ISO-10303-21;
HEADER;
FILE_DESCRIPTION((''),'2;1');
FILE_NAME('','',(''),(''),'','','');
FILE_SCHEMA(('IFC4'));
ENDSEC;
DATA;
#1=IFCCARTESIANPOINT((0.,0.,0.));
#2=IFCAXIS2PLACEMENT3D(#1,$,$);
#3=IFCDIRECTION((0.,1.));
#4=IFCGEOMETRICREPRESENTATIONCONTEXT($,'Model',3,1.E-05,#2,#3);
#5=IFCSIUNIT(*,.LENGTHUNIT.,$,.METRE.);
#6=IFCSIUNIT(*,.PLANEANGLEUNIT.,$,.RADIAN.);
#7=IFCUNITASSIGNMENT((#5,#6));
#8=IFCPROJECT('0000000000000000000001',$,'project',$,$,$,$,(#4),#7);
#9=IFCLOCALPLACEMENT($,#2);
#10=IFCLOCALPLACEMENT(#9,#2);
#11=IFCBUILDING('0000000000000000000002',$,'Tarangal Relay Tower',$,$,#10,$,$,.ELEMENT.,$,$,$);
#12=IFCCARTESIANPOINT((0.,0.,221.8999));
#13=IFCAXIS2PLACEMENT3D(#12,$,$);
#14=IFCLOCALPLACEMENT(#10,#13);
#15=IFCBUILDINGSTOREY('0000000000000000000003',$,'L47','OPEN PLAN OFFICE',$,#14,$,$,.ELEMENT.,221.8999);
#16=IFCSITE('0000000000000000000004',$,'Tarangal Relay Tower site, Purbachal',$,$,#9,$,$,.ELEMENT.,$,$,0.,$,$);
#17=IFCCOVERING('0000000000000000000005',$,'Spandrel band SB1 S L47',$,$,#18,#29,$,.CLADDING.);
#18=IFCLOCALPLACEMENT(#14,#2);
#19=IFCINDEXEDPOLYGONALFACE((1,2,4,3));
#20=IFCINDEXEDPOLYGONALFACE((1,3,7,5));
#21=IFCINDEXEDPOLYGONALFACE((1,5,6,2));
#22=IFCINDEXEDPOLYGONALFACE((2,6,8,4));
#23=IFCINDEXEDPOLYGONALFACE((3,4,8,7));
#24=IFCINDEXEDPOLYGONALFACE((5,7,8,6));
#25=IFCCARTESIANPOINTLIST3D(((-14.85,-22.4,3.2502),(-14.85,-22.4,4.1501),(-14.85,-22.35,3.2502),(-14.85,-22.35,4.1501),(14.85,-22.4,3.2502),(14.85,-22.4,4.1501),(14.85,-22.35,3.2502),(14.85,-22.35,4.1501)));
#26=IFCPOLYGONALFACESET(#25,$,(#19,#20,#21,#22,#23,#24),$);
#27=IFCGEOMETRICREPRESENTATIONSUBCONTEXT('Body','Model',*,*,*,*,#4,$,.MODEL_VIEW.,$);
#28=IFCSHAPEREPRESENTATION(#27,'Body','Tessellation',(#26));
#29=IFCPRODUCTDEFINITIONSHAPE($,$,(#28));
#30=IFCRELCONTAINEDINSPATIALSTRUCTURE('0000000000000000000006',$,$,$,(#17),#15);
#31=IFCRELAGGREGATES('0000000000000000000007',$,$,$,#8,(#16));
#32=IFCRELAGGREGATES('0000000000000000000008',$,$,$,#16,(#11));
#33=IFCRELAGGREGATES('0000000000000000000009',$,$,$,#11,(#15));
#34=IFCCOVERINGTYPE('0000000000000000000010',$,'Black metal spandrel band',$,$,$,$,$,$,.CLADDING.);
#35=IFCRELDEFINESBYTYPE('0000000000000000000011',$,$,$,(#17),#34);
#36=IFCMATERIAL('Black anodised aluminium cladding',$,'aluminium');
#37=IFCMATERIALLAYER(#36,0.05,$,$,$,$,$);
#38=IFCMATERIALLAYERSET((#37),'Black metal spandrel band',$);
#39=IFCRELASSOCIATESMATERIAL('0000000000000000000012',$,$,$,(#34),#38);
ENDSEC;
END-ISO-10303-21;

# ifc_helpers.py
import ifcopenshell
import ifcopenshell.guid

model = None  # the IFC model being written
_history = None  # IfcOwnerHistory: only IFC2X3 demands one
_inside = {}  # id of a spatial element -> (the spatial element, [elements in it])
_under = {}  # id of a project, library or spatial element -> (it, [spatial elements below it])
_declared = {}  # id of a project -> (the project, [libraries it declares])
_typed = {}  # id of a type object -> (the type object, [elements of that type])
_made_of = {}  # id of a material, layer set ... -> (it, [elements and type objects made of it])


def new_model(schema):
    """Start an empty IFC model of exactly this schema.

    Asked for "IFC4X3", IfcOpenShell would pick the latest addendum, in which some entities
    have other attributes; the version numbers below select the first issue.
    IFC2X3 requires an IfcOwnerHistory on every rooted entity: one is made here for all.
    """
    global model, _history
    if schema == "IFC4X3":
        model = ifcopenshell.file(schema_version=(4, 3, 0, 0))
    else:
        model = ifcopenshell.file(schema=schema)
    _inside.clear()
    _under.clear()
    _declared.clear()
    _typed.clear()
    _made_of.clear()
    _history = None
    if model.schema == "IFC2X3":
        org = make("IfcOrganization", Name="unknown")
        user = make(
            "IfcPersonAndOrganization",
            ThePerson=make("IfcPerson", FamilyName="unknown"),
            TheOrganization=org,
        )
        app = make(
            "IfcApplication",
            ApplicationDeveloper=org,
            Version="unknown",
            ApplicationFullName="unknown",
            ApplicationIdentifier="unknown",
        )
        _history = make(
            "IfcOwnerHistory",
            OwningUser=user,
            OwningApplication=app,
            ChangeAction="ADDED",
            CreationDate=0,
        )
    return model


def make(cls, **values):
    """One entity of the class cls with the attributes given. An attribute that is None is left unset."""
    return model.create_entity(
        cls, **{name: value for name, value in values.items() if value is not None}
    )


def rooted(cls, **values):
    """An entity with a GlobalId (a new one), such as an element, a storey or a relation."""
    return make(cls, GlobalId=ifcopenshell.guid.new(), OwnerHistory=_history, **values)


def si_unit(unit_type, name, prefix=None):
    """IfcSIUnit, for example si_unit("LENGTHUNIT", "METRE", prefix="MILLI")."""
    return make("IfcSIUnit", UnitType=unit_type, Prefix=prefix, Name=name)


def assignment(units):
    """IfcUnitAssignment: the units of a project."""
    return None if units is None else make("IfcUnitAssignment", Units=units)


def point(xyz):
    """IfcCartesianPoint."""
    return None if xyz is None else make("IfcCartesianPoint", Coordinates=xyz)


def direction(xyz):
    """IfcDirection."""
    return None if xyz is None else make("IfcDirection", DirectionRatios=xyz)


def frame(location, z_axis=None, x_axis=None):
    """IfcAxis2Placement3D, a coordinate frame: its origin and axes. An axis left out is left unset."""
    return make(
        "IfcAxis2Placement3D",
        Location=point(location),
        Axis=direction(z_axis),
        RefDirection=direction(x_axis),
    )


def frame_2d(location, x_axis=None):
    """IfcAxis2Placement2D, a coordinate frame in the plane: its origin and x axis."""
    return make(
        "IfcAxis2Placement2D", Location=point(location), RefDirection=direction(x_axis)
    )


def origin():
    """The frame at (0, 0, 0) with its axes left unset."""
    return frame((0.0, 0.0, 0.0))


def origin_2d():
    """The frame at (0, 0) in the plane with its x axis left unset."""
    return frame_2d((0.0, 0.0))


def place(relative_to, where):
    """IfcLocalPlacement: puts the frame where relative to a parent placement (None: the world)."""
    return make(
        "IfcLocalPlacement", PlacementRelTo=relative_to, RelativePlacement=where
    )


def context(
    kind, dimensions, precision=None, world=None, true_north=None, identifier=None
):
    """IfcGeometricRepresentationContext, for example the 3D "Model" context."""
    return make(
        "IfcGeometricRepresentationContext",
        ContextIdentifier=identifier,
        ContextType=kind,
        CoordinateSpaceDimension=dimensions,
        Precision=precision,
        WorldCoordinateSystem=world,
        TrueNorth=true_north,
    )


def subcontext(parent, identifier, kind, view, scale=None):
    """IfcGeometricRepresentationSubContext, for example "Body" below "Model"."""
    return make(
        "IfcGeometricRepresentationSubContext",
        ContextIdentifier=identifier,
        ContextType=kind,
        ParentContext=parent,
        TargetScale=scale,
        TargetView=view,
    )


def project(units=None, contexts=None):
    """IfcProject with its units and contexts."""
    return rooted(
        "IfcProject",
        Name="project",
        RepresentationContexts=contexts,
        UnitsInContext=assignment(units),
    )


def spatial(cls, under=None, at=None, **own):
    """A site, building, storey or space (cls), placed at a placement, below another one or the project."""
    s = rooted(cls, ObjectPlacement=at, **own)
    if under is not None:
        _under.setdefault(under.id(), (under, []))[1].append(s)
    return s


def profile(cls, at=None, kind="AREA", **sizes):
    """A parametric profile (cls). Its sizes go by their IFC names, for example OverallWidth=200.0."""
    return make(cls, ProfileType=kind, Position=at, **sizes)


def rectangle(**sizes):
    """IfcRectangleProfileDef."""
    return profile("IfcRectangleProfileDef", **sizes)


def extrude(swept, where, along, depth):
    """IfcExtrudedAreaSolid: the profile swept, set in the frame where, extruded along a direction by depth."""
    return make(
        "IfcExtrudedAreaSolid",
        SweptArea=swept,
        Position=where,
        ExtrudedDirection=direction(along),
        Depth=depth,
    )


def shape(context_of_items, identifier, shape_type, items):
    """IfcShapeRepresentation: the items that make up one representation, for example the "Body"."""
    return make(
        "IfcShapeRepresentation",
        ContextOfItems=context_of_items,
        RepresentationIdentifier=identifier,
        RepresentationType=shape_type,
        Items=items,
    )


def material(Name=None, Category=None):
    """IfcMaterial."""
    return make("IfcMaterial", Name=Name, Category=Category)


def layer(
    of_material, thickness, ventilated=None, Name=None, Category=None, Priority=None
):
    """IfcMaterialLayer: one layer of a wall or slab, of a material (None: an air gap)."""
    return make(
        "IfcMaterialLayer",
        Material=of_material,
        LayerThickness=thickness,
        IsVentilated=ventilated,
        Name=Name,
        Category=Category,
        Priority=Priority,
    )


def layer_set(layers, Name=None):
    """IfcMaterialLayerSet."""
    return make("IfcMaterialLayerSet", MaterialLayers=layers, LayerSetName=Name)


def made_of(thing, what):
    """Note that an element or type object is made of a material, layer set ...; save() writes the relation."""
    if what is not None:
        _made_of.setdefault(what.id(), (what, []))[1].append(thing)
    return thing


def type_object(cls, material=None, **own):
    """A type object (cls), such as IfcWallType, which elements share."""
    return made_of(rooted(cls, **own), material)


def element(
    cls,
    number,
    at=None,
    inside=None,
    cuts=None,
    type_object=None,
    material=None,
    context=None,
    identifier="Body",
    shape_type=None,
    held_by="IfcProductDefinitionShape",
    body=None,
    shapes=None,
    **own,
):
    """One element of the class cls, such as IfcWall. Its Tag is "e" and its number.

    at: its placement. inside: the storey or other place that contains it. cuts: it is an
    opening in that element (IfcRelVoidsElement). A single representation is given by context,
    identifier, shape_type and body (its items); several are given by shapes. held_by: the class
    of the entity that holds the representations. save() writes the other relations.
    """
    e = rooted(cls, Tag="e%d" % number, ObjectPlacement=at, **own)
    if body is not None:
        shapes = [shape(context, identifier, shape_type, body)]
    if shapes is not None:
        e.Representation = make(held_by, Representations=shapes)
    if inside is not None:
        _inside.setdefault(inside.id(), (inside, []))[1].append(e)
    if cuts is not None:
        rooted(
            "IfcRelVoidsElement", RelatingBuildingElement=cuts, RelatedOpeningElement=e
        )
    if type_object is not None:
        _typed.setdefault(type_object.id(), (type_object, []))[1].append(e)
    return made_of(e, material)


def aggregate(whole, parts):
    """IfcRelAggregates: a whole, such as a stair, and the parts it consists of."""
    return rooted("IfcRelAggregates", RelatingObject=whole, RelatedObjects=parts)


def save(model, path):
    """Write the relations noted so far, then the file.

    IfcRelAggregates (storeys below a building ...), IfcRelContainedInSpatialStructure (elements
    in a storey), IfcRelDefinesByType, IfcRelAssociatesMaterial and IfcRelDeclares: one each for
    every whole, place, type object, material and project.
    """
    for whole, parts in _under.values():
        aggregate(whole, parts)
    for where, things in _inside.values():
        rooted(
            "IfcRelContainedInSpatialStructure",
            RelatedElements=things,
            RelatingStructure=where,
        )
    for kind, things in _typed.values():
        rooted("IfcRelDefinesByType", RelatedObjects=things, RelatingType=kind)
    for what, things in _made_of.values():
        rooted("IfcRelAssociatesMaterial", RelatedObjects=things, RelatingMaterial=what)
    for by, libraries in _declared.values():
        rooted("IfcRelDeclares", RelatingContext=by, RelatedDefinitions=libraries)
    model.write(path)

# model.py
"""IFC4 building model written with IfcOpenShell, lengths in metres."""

from ifc_helpers import new_model, si_unit, direction, frame, origin, origin_2d, place, context, subcontext, project, spatial, rectangle, extrude, material, layer, layer_set, type_object, element, save


model = new_model("IFC4")

# Units and contexts
model_context = context("Model", 3, precision=1e-05, world=origin(), true_north=direction((0.0, 1.0)))
body_context = subcontext(model_context, "Body", "Model", "MODEL_VIEW")
ifc_project = project(units=[si_unit("LENGTHUNIT", "METRE"), si_unit("PLANEANGLEUNIT", "RADIAN")], contexts=[model_context])

# Site, building, storey
site_placement = place(None, origin())
site = spatial("IfcSite", under=ifc_project, at=site_placement, Name="Tarangal Relay Tower site, Purbachal", CompositionType="ELEMENT", RefElevation=0.0)
building_placement = place(site_placement, origin())
building = spatial("IfcBuilding", under=site, at=building_placement, Name="Tarangal Relay Tower", CompositionType="ELEMENT")
storey_placement = place(building_placement, frame((0.0, 0.0, 221.8999)))
storey = spatial("IfcBuildingStorey", under=building, at=storey_placement, Name="L47", Description="OPEN PLAN OFFICE", CompositionType="ELEMENT", Elevation=221.8999)

# Covering
ifc_material_1 = material(Name="Black anodised aluminium cladding", Category="aluminium")
ifc_layer_1 = layer(ifc_material_1, 0.05)
ifc_layer_set_1 = layer_set([ifc_layer_1], Name="Black metal spandrel band")
covering_type = type_object("IfcCoveringType", Name="Black metal spandrel band", PredefinedType="CLADDING", material=ifc_layer_set_1)
covering_placement = place(storey_placement, frame((0.0, -22.375, 3.2502), z_axis=(0.0, 0.0, 1.0), x_axis=(-1.0, 0.0, 0.0)))
element("IfcCovering", 1, at=covering_placement, inside=storey, type_object=covering_type, Name="Spandrel band SB1 S L47", PredefinedType="CLADDING", context=body_context, shape_type="SweptSolid", body=[
    extrude(rectangle(XDim=29.7, YDim=0.05, at=origin_2d()), origin(), (0.0, 0.0, 1.0), 0.8999),
])

save(model, "model.ifc")
